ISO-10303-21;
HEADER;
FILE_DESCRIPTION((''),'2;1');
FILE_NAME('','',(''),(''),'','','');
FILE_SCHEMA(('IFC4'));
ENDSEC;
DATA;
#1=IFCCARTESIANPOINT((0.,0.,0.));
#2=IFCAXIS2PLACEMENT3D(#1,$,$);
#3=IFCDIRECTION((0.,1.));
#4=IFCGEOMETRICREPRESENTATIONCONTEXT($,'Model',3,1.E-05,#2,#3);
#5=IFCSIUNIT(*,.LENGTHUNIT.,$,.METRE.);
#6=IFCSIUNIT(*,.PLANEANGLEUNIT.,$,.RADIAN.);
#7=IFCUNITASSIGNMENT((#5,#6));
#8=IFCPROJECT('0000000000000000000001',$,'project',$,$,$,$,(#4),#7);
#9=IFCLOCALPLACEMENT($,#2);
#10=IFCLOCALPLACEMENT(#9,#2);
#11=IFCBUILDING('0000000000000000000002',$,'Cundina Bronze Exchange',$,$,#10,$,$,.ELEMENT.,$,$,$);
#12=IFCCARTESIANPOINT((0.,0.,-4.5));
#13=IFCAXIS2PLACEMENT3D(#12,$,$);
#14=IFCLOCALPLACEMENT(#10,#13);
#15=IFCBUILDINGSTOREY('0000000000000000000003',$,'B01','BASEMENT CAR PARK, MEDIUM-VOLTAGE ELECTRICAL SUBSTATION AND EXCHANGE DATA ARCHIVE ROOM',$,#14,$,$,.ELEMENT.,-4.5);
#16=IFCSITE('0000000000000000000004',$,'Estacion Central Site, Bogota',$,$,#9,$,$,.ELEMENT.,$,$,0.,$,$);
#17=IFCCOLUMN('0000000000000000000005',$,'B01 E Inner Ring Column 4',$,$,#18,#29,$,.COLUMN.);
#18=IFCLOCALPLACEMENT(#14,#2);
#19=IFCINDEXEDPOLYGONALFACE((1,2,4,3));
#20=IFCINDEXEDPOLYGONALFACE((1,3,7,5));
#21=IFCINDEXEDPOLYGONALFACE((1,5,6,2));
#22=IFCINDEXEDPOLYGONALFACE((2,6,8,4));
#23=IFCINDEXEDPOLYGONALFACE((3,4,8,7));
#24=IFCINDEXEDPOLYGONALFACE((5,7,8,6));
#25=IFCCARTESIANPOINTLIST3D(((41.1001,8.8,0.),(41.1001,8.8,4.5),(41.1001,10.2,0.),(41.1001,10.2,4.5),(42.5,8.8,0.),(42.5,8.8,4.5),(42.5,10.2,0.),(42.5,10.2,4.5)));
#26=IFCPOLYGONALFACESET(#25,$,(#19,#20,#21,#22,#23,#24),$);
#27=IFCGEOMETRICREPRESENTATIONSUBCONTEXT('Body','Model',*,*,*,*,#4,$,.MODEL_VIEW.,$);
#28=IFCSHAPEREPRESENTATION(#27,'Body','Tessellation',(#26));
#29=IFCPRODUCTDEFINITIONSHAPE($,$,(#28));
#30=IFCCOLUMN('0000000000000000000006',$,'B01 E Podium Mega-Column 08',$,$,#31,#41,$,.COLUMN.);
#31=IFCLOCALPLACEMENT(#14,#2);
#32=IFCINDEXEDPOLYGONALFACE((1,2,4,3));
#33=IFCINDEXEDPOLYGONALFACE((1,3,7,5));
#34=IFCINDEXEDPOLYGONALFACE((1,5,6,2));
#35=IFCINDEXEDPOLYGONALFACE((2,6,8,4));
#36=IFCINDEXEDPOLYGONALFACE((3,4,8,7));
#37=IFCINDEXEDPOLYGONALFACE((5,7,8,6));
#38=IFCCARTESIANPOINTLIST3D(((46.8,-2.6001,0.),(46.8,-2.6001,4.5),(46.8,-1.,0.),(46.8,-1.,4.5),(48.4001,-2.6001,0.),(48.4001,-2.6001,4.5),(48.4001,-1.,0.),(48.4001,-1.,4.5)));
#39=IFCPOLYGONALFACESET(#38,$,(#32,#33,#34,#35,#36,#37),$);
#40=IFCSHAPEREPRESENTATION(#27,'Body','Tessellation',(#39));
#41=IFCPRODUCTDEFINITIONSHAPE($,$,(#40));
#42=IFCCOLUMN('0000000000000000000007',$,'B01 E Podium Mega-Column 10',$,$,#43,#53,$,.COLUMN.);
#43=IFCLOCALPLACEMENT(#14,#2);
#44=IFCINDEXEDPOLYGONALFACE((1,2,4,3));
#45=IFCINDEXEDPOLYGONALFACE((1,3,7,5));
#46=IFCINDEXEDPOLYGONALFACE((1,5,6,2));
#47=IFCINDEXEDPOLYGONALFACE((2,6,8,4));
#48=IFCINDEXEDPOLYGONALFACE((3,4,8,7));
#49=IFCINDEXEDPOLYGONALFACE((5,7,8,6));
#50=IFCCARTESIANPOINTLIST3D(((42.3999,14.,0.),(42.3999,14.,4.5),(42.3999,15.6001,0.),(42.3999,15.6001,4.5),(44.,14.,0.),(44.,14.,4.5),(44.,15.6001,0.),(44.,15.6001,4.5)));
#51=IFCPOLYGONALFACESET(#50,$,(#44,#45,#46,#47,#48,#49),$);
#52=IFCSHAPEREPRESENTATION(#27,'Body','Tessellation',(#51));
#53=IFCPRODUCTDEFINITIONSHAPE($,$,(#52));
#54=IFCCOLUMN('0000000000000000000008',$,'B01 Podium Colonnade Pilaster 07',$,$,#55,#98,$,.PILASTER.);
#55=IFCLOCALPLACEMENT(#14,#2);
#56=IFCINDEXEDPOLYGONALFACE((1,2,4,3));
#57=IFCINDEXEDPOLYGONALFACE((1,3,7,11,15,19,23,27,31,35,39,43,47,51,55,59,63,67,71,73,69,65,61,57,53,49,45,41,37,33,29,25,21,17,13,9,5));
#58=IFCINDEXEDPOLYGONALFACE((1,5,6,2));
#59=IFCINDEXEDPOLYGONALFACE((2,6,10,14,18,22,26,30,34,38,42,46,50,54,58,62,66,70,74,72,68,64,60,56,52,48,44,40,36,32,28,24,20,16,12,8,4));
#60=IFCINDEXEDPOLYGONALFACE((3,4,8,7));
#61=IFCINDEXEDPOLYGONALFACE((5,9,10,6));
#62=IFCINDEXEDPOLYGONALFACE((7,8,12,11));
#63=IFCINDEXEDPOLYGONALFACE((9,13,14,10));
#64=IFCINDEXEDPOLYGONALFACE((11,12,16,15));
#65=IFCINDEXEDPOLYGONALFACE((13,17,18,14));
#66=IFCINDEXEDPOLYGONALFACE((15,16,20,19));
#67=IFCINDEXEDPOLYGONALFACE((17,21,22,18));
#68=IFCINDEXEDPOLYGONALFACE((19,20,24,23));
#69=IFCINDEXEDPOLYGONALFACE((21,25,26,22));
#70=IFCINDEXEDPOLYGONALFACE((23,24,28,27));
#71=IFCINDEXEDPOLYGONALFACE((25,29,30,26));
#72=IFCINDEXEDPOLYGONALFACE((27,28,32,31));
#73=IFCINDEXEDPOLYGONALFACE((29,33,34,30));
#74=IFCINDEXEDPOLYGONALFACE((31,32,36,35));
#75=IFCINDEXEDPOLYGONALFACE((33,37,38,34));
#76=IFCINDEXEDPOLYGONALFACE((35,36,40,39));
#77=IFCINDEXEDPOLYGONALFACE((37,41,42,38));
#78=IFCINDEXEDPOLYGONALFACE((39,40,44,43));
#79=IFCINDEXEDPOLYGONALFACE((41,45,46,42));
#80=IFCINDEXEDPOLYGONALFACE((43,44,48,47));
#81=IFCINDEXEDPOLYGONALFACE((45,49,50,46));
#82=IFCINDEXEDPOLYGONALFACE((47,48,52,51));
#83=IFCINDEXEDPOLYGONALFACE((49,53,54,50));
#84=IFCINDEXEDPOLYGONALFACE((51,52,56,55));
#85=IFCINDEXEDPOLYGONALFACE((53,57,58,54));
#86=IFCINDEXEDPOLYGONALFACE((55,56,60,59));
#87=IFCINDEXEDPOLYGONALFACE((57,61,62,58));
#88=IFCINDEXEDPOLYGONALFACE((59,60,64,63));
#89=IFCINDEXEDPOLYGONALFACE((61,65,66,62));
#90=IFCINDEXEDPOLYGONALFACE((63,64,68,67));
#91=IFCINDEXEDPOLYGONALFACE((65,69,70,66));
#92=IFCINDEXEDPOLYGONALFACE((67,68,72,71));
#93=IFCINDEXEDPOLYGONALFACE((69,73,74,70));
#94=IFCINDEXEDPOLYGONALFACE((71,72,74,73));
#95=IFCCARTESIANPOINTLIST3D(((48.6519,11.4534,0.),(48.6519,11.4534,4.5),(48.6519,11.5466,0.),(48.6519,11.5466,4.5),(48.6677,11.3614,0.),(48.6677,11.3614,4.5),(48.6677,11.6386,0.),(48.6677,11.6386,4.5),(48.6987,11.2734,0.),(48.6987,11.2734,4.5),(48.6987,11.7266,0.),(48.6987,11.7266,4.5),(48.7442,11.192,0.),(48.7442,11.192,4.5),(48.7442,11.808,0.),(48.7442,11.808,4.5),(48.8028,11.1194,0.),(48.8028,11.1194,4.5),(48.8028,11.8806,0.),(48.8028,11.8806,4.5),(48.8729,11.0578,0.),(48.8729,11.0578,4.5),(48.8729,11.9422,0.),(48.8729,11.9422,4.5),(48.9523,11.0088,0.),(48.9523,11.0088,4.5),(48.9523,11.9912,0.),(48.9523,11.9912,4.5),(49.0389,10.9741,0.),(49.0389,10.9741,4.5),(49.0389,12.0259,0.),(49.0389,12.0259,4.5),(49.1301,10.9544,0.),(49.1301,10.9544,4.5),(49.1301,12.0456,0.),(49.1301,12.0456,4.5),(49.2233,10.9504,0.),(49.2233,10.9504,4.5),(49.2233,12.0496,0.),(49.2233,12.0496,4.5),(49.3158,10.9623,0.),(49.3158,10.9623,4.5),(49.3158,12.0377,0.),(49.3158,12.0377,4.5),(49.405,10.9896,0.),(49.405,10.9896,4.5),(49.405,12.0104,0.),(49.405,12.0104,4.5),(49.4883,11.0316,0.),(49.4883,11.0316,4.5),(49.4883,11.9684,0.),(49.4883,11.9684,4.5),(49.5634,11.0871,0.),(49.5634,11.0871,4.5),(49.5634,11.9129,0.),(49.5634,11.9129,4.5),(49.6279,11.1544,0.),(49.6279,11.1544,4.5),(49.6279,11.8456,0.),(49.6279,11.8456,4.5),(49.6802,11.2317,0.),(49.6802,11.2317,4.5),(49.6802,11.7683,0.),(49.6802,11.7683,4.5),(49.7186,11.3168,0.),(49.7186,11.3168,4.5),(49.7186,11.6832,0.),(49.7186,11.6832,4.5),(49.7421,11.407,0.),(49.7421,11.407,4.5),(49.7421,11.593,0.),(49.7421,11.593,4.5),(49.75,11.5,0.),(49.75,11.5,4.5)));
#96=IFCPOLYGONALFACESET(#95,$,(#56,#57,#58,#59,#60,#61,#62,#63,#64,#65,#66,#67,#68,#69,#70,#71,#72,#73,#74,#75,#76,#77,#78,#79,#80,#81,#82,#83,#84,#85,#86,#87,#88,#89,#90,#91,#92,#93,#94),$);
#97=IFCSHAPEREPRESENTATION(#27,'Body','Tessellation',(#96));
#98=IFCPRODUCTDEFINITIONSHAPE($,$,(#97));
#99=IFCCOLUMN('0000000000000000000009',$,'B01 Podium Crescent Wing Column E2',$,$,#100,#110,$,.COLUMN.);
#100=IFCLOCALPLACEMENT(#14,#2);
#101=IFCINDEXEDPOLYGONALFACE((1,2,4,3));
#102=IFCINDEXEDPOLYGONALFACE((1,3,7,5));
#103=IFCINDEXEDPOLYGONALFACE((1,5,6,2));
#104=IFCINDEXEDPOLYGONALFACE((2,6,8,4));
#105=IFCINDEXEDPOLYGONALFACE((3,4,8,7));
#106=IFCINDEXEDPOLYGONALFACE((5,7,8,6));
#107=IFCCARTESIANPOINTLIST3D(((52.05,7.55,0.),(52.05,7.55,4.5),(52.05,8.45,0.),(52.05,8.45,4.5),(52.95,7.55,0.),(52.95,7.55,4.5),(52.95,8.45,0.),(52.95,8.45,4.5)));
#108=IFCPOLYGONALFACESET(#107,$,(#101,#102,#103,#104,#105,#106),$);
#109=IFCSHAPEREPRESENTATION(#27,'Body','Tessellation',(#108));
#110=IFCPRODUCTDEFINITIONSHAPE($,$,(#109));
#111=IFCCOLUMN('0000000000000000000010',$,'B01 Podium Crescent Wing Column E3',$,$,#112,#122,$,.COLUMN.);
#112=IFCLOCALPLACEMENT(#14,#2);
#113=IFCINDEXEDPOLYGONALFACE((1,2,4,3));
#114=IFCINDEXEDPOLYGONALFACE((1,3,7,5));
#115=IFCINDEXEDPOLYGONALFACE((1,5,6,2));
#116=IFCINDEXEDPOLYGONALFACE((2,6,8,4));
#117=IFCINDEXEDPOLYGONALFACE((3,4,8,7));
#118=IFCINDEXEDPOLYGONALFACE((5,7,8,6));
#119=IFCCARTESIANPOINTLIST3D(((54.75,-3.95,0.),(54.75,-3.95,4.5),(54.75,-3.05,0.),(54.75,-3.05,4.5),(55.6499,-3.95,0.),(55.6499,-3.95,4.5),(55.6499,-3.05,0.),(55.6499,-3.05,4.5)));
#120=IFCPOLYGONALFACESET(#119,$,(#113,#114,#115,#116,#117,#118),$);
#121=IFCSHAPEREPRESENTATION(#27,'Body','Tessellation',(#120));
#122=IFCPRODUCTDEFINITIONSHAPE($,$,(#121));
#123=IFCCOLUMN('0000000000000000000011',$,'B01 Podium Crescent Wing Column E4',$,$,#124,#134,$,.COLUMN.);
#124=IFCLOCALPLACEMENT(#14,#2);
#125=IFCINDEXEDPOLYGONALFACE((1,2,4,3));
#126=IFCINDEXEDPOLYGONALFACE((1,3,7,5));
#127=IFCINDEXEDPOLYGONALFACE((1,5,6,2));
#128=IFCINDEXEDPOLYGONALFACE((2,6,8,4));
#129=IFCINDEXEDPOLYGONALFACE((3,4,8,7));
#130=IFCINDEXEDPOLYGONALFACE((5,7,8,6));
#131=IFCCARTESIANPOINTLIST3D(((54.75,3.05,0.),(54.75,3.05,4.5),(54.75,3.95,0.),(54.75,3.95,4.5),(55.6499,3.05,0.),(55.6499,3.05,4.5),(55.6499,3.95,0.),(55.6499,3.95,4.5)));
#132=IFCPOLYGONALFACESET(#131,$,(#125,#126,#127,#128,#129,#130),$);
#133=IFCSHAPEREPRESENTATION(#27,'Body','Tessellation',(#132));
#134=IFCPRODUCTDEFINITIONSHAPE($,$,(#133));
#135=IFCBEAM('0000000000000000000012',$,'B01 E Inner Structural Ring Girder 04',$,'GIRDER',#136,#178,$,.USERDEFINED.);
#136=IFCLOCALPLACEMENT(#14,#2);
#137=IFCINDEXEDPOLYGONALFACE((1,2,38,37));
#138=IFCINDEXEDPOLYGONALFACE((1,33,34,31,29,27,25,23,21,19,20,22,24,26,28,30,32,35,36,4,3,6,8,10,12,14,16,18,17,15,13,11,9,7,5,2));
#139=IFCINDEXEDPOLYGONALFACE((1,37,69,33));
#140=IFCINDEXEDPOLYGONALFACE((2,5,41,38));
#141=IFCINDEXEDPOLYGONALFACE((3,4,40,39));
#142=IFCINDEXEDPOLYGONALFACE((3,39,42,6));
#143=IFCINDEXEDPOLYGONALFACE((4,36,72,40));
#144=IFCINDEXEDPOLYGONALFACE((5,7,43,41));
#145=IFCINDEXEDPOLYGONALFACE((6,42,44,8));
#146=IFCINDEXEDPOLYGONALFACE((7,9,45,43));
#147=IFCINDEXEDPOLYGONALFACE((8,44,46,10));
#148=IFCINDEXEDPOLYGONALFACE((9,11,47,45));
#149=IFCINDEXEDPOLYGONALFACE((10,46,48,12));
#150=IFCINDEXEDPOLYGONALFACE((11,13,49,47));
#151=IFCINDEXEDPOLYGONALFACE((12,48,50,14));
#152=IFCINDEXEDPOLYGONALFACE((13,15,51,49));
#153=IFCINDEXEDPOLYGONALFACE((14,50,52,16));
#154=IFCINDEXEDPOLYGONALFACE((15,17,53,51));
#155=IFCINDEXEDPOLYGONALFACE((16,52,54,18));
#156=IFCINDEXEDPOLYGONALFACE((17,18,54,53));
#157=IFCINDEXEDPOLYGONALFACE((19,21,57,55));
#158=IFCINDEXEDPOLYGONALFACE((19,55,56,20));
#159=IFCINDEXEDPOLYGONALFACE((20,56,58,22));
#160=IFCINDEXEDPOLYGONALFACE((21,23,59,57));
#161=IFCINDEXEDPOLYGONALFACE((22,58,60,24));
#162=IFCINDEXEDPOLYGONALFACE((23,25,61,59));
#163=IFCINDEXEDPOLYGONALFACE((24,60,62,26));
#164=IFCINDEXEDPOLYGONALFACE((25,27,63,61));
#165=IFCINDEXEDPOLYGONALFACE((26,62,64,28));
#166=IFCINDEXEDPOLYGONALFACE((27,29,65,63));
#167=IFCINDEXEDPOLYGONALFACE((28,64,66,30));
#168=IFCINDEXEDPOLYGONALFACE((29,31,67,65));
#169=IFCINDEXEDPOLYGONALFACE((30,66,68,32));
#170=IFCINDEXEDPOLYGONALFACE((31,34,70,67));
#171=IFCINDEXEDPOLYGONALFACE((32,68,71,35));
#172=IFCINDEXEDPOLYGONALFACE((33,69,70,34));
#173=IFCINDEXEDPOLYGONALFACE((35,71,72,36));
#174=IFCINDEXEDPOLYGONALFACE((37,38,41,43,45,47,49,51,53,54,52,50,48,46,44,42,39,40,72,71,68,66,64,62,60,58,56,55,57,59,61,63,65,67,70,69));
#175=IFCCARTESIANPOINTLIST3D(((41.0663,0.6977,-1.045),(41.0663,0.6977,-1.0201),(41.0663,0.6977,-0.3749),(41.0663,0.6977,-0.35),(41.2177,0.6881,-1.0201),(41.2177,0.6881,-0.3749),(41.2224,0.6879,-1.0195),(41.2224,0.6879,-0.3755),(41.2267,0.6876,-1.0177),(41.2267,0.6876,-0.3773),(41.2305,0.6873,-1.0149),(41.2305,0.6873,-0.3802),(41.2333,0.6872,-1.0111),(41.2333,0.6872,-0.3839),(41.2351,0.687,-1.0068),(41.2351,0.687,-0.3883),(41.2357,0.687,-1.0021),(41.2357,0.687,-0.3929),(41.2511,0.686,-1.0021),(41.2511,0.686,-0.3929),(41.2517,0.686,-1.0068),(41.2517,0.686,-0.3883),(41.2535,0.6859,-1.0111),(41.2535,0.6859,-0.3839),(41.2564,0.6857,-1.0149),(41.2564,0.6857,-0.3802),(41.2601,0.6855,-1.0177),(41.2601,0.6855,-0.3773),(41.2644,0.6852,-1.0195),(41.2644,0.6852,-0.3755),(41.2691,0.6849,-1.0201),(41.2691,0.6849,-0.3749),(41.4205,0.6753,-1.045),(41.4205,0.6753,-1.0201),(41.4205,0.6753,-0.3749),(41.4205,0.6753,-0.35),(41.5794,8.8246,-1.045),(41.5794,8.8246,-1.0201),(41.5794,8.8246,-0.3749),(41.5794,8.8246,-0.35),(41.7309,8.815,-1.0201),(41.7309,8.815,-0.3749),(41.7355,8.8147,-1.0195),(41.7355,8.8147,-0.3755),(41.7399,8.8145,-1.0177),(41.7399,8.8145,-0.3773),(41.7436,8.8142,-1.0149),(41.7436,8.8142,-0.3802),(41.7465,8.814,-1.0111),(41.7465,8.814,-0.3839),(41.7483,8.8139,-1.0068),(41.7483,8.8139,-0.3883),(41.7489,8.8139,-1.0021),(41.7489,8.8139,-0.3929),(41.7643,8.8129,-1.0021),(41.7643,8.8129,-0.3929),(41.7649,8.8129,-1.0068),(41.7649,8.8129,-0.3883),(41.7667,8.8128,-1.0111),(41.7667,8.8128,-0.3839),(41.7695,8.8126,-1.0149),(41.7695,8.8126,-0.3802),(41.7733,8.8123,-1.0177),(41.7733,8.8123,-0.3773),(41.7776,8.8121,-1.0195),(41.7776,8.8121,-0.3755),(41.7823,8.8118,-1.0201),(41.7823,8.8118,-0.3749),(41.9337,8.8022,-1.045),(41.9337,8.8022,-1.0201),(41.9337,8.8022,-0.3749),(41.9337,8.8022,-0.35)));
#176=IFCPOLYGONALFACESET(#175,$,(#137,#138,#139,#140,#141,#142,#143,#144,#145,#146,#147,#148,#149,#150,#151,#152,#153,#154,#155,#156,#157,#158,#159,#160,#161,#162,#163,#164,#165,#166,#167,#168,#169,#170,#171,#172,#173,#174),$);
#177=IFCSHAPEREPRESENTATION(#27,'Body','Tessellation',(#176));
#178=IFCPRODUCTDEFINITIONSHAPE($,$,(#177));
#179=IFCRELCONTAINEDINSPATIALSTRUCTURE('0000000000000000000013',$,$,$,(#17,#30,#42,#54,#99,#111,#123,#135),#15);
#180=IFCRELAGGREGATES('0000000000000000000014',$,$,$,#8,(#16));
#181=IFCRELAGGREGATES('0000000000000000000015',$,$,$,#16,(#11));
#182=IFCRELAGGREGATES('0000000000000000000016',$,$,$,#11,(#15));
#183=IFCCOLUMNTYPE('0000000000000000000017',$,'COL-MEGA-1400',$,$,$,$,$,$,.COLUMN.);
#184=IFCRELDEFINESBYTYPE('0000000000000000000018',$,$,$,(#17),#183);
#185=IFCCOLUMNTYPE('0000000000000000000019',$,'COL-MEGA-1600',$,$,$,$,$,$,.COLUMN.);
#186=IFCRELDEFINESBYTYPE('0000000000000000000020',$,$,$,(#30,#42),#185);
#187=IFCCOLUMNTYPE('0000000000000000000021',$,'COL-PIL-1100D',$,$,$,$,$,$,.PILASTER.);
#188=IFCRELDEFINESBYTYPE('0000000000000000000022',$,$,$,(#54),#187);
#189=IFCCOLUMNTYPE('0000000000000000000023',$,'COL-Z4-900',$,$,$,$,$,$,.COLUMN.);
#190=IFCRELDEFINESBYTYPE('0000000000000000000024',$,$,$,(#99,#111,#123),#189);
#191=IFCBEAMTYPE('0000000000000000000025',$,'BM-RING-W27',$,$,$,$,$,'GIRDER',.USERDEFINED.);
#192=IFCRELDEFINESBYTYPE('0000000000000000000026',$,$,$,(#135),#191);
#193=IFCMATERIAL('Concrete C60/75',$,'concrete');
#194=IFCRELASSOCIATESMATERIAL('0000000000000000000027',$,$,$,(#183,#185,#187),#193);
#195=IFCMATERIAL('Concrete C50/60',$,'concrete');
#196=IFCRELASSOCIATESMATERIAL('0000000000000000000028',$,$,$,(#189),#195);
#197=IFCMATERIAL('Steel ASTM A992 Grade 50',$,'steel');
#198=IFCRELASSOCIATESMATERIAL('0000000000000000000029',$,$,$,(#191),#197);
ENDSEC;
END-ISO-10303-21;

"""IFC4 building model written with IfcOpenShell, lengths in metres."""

from ifc_helpers import new_model, si_unit, direction, frame, origin, origin_2d, place, context, subcontext, project, spatial, rectangle, circle, i_section, extrude, material, material_profile, profile_set, type_object, element, save


model = new_model("IFC4")

# Units and contexts
model_context = context("Model", 3, precision=1e-05, world=origin(), true_north=direction((0.0, 1.0)))
body_context = subcontext(model_context, "Body", "Model", "MODEL_VIEW")
ifc_project = project(units=[si_unit("LENGTHUNIT", "METRE"), si_unit("PLANEANGLEUNIT", "RADIAN")], contexts=[model_context])

# Site, building, storey
site_placement = place(None, origin())
site = spatial("IfcSite", under=ifc_project, at=site_placement, Name="Estacion Central Site, Bogota", CompositionType="ELEMENT", RefElevation=0.0)
building_placement = place(site_placement, origin())
building = spatial("IfcBuilding", under=site, at=building_placement, Name="Cundina Bronze Exchange", CompositionType="ELEMENT")
storey_placement = place(building_placement, frame((0.0, 0.0, -4.5)))
storey = spatial("IfcBuildingStorey", under=building, at=storey_placement, Name="B01", Description="BASEMENT CAR PARK, MEDIUM-VOLTAGE ELECTRICAL SUBSTATION AND EXCHANGE DATA ARCHIVE ROOM", CompositionType="ELEMENT", Elevation=-4.5)

# Columns
ifc_material_1 = material(Name="Concrete C60/75", Category="concrete")
ifc_material_profile_1 = material_profile(ifc_material_1, rectangle(XDim=1.3999, YDim=1.3999, at=origin_2d()), Name="RC1400X1400", Category="concrete")
ifc_profile_set_1 = profile_set([ifc_material_profile_1], Name="Concrete C60/75")
column_type_1 = type_object("IfcColumnType", Name="COL-MEGA-1400", PredefinedType="COLUMN", material=ifc_profile_set_1)
column_1_placement = place(storey_placement, frame((41.8, 9.5, 0.0), z_axis=(0.0, 0.0, 1.0), x_axis=(1.0, 0.0, 0.0)))
element("IfcColumn", 1, at=column_1_placement, inside=storey, type_object=column_type_1, Name="B01 E Inner Ring Column 4", PredefinedType="COLUMN", context=body_context, shape_type="SweptSolid", body=[
    extrude(rectangle(XDim=1.3999, YDim=1.3999, at=origin_2d()), origin(), (0.0, 0.0, 1.0), 4.5),
])
ifc_material_profile_2 = material_profile(ifc_material_1, rectangle(XDim=1.6001, YDim=1.6001, at=origin_2d()), Name="RC1600X1600", Category="concrete")
ifc_profile_set_2 = profile_set([ifc_material_profile_2], Name="Concrete C60/75")
column_type_2 = type_object("IfcColumnType", Name="COL-MEGA-1600", PredefinedType="COLUMN", material=ifc_profile_set_2)
for number, where, z_axis, x_axis, name in (
    (2, (47.6001, -1.8, 0.0), (0.0, 0.0, 1.0), (1.0, 0.0, 0.0), "B01 E Podium Mega-Column 08"),
    (3, (43.2, 14.8, 0.0), (0.0, 0.0, 1.0), (1.0, 0.0, 0.0), "B01 E Podium Mega-Column 10"),
):
    element("IfcColumn", number, at=place(storey_placement, frame(where, z_axis=z_axis, x_axis=x_axis)), inside=storey, type_object=column_type_2, Name=name, PredefinedType="COLUMN", context=body_context, shape_type="SweptSolid", body=[
        extrude(rectangle(XDim=1.6001, YDim=1.6001, at=origin_2d()), origin(), (0.0, 0.0, 1.0), 4.5),
    ])
ifc_material_profile_3 = material_profile(ifc_material_1, circle(Radius=0.55, at=origin_2d()), Name="RC1100D", Category="concrete")
ifc_profile_set_3 = profile_set([ifc_material_profile_3], Name="Concrete C60/75")
column_type_3 = type_object("IfcColumnType", Name="COL-PIL-1100D", PredefinedType="PILASTER", material=ifc_profile_set_3)
column_2_placement = place(storey_placement, frame((49.2, 11.5, 0.0), z_axis=(0.0, 0.0, 1.0), x_axis=(1.0, 0.0, 0.0)))
element("IfcColumn", 4, at=column_2_placement, inside=storey, type_object=column_type_3, Name="B01 Podium Colonnade Pilaster 07", PredefinedType="PILASTER", context=body_context, shape_type="SweptSolid", body=[
    extrude(circle(Radius=0.55, at=origin_2d()), origin(), (0.0, 0.0, 1.0), 4.5),
])
ifc_material_2 = material(Name="Concrete C50/60", Category="concrete")
ifc_material_profile_4 = material_profile(ifc_material_2, rectangle(XDim=0.8999, YDim=0.8999, at=origin_2d()), Name="RC900X900", Category="concrete")
ifc_profile_set_4 = profile_set([ifc_material_profile_4], Name="Concrete C50/60")
column_type_4 = type_object("IfcColumnType", Name="COL-Z4-900", PredefinedType="COLUMN", material=ifc_profile_set_4)
for number, where, z_axis, x_axis, name in (
    (5, (52.5, 8.0, 0.0), (0.0, 0.0, 1.0), (1.0, 0.0, 0.0), "B01 Podium Crescent Wing Column E2"),
    (6, (55.2, -3.5, 0.0), (0.0, 0.0, 1.0), (1.0, 0.0, 0.0), "B01 Podium Crescent Wing Column E3"),
    (7, (55.2, 3.5, 0.0), (0.0, 0.0, 1.0), (1.0, 0.0, 0.0), "B01 Podium Crescent Wing Column E4"),
):
    element("IfcColumn", number, at=place(storey_placement, frame(where, z_axis=z_axis, x_axis=x_axis)), inside=storey, type_object=column_type_4, Name=name, PredefinedType="COLUMN", context=body_context, shape_type="SweptSolid", body=[
        extrude(rectangle(XDim=0.8999, YDim=0.8999, at=origin_2d()), origin(), (0.0, 0.0, 1.0), 4.5),
    ])

# Beam
ifc_material_3 = material(Name="Steel ASTM A992 Grade 50", Category="steel")
ifc_material_profile_5 = material_profile(ifc_material_3, i_section(OverallWidth=0.355, OverallDepth=0.6951, WebThickness=0.0154, FlangeThickness=0.0249, FilletRadius=0.0181, at=origin_2d()), Name="W27X146", Category="steel")
ifc_profile_set_5 = profile_set([ifc_material_profile_5], Name="Steel ASTM A992 Grade 50")
beam_type_1 = type_object("IfcBeamType", Name="BM-RING-W27", ElementType="GIRDER", PredefinedType="USERDEFINED", material=ifc_profile_set_5)
beam_1_placement = place(storey_placement, frame((41.2434, 0.6865, -0.6975), z_axis=(0.06302, 0.998012, 0.0), x_axis=(-0.998012, 0.06302, 0.0)))
element("IfcBeam", 8, at=beam_1_placement, inside=storey, type_object=beam_type_1, Name="B01 E Inner Structural Ring Girder 04", ObjectType="GIRDER", PredefinedType="USERDEFINED", context=body_context, shape_type="SweptSolid", body=[
    extrude(i_section(OverallWidth=0.355, OverallDepth=0.6951, WebThickness=0.0154, FlangeThickness=0.0249, FilletRadius=0.0181, at=origin_2d()), origin(), (0.0, 0.0, 1.0), 8.1431),
])

save(model, "model.ifc")
